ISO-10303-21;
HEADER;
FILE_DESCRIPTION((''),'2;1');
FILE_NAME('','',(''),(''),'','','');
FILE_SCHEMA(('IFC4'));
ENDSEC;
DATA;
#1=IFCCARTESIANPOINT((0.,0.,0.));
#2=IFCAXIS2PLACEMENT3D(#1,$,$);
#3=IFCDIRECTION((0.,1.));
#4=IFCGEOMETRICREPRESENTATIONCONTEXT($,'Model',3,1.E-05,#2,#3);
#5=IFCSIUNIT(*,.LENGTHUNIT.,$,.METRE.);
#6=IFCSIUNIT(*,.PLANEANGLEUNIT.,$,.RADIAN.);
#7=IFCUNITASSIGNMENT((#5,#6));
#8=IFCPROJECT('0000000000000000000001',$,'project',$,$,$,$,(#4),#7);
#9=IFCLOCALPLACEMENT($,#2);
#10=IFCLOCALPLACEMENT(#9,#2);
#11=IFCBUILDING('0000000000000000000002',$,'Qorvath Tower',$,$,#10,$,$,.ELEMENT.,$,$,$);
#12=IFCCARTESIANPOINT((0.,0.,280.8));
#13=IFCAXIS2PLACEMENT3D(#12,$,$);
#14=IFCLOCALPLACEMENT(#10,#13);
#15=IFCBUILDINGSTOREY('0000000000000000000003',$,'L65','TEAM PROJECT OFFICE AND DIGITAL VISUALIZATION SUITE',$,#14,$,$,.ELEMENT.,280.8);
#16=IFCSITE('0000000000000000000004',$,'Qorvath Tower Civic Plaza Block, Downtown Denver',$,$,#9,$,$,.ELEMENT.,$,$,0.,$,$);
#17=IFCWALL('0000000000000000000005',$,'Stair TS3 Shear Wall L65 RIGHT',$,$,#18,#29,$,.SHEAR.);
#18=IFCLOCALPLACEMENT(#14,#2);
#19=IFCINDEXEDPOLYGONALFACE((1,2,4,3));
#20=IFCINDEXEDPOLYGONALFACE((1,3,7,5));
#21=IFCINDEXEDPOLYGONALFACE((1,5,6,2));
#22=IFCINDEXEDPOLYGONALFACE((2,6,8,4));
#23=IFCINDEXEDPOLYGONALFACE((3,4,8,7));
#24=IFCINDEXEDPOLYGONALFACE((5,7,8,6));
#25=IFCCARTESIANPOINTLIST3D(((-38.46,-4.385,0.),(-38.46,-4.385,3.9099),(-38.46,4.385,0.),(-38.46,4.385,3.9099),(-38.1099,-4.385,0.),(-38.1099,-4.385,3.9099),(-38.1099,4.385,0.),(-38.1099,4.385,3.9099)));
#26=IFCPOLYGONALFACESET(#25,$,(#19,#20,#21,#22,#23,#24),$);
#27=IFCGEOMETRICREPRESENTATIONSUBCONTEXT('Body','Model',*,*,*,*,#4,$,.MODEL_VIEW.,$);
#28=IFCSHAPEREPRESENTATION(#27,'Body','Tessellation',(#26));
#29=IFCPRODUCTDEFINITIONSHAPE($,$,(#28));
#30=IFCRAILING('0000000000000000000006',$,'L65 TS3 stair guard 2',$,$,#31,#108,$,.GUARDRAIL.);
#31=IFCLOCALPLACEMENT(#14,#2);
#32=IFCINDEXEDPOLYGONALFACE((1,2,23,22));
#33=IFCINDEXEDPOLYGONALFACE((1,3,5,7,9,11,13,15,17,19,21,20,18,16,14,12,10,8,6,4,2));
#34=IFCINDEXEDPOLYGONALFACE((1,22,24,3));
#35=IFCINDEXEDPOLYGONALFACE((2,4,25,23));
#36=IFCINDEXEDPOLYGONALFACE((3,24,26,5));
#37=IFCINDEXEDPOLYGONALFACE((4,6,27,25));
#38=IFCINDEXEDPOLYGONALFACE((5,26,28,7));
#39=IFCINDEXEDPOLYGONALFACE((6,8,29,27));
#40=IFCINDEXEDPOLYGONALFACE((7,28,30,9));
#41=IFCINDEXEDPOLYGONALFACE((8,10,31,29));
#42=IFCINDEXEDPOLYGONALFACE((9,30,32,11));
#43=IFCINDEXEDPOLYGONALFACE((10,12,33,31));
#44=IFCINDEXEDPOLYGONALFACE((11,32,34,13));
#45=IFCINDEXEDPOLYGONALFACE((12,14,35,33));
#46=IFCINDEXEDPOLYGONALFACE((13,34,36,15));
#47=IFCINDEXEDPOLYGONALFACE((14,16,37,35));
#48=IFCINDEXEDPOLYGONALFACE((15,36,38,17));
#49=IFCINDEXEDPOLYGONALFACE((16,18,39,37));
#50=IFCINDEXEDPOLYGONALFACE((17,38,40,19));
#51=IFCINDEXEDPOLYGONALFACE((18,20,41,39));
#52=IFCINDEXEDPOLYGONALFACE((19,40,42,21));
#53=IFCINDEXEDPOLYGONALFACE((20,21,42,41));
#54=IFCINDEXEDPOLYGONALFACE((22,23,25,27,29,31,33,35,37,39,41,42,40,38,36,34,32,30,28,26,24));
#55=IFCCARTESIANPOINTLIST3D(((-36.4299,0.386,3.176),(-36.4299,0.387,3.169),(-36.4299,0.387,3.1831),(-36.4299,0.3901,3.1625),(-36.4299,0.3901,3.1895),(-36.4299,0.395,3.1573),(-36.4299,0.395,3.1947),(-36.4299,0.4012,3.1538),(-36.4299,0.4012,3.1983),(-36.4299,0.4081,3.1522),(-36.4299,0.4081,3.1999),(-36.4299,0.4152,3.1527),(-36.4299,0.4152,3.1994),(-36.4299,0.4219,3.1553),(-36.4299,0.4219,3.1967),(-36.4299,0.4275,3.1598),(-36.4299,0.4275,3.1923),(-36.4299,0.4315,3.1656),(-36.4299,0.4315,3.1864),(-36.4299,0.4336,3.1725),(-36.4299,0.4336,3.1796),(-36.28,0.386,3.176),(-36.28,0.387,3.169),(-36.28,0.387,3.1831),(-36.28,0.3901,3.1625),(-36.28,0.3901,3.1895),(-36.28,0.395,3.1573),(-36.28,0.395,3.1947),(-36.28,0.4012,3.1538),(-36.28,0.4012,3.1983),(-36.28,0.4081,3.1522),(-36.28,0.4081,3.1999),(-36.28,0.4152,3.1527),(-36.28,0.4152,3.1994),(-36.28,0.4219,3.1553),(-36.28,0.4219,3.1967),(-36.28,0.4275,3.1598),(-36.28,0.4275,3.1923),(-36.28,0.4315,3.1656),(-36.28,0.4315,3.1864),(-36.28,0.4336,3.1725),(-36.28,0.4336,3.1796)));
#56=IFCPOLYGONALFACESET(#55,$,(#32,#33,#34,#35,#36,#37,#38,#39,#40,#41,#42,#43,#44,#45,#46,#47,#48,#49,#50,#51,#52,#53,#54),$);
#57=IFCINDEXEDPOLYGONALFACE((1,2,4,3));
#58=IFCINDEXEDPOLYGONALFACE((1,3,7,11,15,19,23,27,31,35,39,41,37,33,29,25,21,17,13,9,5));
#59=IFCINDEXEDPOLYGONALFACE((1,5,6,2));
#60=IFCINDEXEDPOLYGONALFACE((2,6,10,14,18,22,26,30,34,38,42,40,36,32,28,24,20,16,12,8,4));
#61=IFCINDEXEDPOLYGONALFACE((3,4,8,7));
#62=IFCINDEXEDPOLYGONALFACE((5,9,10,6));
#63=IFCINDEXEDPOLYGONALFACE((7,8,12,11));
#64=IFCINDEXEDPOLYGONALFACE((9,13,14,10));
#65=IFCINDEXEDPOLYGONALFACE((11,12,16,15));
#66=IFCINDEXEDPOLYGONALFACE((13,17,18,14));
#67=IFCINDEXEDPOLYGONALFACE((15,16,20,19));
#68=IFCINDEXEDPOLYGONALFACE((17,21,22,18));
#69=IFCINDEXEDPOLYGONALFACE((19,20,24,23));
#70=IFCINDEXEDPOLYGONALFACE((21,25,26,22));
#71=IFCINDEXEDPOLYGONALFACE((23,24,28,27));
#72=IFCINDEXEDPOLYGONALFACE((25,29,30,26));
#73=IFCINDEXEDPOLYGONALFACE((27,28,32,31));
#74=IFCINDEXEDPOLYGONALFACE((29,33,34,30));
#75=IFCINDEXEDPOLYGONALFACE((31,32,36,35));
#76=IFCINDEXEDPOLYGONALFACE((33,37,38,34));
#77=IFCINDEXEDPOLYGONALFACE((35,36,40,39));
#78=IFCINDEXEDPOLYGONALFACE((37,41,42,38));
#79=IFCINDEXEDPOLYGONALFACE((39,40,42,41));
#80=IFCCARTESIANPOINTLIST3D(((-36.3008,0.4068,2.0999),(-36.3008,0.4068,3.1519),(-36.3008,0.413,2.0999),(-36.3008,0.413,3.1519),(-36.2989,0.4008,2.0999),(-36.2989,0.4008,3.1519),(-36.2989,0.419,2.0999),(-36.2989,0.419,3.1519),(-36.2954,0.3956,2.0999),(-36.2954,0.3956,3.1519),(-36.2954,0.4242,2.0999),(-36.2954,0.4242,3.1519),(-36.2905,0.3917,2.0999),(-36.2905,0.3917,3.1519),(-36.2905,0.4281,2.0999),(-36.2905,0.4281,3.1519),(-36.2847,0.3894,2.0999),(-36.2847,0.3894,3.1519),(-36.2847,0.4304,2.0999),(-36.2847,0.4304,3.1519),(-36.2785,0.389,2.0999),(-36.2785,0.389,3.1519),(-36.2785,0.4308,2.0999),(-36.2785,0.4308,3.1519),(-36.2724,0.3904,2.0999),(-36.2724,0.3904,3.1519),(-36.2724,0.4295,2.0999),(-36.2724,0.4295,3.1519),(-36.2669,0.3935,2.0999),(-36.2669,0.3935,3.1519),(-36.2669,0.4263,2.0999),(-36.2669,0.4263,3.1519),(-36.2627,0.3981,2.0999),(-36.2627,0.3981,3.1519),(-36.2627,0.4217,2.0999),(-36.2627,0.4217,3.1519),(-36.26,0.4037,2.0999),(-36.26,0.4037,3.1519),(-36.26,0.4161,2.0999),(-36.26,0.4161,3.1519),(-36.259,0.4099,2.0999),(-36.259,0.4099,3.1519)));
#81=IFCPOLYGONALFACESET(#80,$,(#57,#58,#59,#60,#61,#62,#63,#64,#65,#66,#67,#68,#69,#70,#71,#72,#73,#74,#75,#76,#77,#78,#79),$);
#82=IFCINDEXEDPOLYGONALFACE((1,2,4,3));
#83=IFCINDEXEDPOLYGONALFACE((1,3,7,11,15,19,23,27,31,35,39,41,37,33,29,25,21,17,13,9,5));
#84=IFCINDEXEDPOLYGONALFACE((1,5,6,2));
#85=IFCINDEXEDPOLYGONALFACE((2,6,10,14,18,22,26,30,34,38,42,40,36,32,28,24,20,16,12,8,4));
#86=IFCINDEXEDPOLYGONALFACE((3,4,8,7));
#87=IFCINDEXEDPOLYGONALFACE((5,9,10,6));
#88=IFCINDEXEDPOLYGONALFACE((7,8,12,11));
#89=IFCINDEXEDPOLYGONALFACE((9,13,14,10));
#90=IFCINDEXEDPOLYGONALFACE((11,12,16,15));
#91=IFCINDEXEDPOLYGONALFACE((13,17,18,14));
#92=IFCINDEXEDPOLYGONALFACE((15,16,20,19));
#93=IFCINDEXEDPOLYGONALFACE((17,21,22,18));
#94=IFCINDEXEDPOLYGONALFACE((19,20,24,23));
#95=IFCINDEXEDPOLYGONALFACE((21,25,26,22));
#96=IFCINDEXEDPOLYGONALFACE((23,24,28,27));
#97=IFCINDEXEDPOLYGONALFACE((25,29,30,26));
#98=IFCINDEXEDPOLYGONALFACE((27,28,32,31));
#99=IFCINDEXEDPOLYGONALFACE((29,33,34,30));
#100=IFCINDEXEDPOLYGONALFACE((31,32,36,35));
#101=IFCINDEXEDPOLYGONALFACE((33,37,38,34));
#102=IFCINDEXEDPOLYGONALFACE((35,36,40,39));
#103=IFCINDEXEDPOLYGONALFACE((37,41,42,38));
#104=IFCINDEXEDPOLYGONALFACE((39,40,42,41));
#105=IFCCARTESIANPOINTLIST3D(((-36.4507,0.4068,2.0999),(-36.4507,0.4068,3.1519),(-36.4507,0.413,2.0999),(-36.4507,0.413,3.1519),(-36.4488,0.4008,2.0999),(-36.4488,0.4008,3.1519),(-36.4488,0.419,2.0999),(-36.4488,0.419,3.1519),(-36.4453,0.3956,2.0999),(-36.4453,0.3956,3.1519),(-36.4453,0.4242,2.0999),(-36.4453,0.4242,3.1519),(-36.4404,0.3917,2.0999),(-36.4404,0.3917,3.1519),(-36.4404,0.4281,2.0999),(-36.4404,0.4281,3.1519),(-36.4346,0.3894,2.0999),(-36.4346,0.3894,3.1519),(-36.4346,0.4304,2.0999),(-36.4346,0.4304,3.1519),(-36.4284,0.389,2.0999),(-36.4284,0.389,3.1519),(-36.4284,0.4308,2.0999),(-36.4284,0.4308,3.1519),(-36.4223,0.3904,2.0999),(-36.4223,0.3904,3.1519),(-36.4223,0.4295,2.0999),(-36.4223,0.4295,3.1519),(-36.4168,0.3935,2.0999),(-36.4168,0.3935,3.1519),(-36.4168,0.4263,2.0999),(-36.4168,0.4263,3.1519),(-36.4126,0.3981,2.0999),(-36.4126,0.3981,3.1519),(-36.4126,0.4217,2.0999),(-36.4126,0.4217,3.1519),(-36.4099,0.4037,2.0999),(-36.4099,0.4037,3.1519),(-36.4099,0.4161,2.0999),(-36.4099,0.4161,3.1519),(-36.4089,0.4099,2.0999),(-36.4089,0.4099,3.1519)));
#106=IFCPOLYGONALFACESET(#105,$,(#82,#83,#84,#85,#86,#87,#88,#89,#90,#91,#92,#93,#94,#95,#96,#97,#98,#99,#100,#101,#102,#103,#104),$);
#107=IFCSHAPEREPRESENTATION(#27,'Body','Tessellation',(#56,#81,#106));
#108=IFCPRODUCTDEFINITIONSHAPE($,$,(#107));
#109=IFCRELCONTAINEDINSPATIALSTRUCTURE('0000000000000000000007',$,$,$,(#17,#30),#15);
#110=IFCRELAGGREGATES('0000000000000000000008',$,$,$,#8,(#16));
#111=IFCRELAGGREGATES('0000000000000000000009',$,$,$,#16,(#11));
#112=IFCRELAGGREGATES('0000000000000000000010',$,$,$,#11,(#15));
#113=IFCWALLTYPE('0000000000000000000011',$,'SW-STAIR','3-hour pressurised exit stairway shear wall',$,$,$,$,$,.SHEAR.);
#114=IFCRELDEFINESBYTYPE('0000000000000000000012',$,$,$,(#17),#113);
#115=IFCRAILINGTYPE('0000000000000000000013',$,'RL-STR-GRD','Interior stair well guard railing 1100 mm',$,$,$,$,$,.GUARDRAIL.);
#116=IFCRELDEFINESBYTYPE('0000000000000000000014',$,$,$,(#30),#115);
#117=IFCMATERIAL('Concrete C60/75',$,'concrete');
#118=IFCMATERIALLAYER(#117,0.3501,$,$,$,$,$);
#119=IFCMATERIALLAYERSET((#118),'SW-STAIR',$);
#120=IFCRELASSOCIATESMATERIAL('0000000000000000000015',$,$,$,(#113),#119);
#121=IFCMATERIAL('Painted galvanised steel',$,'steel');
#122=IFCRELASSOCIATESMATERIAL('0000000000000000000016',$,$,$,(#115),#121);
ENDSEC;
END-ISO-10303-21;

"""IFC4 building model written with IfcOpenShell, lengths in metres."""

from ifc_helpers import new_model, si_unit, direction, frame, frame_2d, origin, origin_2d, place, context, subcontext, project, spatial, rectangle, circle, extrude, material, layer, layer_set, type_object, element, save


model = new_model("IFC4")

# Units and contexts
model_context = context("Model", 3, precision=1e-05, world=origin(), true_north=direction((0.0, 1.0)))
body_context = subcontext(model_context, "Body", "Model", "MODEL_VIEW")
ifc_project = project(units=[si_unit("LENGTHUNIT", "METRE"), si_unit("PLANEANGLEUNIT", "RADIAN")], contexts=[model_context])

# Site, building, storey
site_placement = place(None, origin())
site = spatial("IfcSite", under=ifc_project, at=site_placement, Name="Qorvath Tower Civic Plaza Block, Downtown Denver", CompositionType="ELEMENT", RefElevation=0.0)
building_placement = place(site_placement, origin())
building = spatial("IfcBuilding", under=site, at=building_placement, Name="Qorvath Tower", CompositionType="ELEMENT")
storey_placement = place(building_placement, frame((0.0, 0.0, 280.8)))
storey = spatial("IfcBuildingStorey", under=building, at=storey_placement, Name="L65", Description="TEAM PROJECT OFFICE AND DIGITAL VISUALIZATION SUITE", CompositionType="ELEMENT", Elevation=280.8)

# Wall
ifc_material_1 = material(Name="Concrete C60/75", Category="concrete")
ifc_layer_1 = layer(ifc_material_1, 0.3501)
ifc_layer_set_1 = layer_set([ifc_layer_1], Name="SW-STAIR")
wall_type_1 = type_object("IfcWallType", Name="SW-STAIR", Description="3-hour pressurised exit stairway shear wall", PredefinedType="SHEAR", material=ifc_layer_set_1)
wall_1_placement = place(storey_placement, frame((-38.2849, 4.385, 0.0), z_axis=(0.0, 0.0, 1.0), x_axis=(0.0, -1.0, 0.0)))
element("IfcWall", 1, at=wall_1_placement, inside=storey, type_object=wall_type_1, Name="Stair TS3 Shear Wall L65 RIGHT", PredefinedType="SHEAR", context=body_context, shape_type="SweptSolid", body=[
    extrude(rectangle(XDim=8.77, YDim=0.3501, at=frame_2d((4.385, 0.0))), origin(), (0.0, 0.0, 1.0), 3.9099),
])

# Railing
ifc_material_2 = material(Name="Painted galvanised steel", Category="steel")
railing_type = type_object("IfcRailingType", Name="RL-STR-GRD", Description="Interior stair well guard railing 1100 mm", PredefinedType="GUARDRAIL", material=ifc_material_2)
railing_1_placement = place(storey_placement, frame((-36.28, 0.4099, 2.0999)))
element("IfcRailing", 2, at=railing_1_placement, inside=storey, type_object=railing_type, Name="L65 TS3 stair guard 2", PredefinedType="GUARDRAIL", context=body_context, shape_type="SweptSolid", body=[
    extrude(circle(Radius=0.0239, at=origin_2d()), frame((0.0, 0.0, 1.0762), z_axis=(-1.0, 0.0, 0.0), x_axis=(0.0, -1.0, 0.0)), (0.0, 0.0, 1.0), 0.1499),
    extrude(circle(Radius=0.021, at=origin_2d()), origin(), (0.0, 0.0, 1.0), 1.052),
    extrude(circle(Radius=0.021, at=origin_2d()), frame((-0.1499, 0.0, 0.0)), (0.0, 0.0, 1.0), 1.052),
])

save(model, "model.ifc")
